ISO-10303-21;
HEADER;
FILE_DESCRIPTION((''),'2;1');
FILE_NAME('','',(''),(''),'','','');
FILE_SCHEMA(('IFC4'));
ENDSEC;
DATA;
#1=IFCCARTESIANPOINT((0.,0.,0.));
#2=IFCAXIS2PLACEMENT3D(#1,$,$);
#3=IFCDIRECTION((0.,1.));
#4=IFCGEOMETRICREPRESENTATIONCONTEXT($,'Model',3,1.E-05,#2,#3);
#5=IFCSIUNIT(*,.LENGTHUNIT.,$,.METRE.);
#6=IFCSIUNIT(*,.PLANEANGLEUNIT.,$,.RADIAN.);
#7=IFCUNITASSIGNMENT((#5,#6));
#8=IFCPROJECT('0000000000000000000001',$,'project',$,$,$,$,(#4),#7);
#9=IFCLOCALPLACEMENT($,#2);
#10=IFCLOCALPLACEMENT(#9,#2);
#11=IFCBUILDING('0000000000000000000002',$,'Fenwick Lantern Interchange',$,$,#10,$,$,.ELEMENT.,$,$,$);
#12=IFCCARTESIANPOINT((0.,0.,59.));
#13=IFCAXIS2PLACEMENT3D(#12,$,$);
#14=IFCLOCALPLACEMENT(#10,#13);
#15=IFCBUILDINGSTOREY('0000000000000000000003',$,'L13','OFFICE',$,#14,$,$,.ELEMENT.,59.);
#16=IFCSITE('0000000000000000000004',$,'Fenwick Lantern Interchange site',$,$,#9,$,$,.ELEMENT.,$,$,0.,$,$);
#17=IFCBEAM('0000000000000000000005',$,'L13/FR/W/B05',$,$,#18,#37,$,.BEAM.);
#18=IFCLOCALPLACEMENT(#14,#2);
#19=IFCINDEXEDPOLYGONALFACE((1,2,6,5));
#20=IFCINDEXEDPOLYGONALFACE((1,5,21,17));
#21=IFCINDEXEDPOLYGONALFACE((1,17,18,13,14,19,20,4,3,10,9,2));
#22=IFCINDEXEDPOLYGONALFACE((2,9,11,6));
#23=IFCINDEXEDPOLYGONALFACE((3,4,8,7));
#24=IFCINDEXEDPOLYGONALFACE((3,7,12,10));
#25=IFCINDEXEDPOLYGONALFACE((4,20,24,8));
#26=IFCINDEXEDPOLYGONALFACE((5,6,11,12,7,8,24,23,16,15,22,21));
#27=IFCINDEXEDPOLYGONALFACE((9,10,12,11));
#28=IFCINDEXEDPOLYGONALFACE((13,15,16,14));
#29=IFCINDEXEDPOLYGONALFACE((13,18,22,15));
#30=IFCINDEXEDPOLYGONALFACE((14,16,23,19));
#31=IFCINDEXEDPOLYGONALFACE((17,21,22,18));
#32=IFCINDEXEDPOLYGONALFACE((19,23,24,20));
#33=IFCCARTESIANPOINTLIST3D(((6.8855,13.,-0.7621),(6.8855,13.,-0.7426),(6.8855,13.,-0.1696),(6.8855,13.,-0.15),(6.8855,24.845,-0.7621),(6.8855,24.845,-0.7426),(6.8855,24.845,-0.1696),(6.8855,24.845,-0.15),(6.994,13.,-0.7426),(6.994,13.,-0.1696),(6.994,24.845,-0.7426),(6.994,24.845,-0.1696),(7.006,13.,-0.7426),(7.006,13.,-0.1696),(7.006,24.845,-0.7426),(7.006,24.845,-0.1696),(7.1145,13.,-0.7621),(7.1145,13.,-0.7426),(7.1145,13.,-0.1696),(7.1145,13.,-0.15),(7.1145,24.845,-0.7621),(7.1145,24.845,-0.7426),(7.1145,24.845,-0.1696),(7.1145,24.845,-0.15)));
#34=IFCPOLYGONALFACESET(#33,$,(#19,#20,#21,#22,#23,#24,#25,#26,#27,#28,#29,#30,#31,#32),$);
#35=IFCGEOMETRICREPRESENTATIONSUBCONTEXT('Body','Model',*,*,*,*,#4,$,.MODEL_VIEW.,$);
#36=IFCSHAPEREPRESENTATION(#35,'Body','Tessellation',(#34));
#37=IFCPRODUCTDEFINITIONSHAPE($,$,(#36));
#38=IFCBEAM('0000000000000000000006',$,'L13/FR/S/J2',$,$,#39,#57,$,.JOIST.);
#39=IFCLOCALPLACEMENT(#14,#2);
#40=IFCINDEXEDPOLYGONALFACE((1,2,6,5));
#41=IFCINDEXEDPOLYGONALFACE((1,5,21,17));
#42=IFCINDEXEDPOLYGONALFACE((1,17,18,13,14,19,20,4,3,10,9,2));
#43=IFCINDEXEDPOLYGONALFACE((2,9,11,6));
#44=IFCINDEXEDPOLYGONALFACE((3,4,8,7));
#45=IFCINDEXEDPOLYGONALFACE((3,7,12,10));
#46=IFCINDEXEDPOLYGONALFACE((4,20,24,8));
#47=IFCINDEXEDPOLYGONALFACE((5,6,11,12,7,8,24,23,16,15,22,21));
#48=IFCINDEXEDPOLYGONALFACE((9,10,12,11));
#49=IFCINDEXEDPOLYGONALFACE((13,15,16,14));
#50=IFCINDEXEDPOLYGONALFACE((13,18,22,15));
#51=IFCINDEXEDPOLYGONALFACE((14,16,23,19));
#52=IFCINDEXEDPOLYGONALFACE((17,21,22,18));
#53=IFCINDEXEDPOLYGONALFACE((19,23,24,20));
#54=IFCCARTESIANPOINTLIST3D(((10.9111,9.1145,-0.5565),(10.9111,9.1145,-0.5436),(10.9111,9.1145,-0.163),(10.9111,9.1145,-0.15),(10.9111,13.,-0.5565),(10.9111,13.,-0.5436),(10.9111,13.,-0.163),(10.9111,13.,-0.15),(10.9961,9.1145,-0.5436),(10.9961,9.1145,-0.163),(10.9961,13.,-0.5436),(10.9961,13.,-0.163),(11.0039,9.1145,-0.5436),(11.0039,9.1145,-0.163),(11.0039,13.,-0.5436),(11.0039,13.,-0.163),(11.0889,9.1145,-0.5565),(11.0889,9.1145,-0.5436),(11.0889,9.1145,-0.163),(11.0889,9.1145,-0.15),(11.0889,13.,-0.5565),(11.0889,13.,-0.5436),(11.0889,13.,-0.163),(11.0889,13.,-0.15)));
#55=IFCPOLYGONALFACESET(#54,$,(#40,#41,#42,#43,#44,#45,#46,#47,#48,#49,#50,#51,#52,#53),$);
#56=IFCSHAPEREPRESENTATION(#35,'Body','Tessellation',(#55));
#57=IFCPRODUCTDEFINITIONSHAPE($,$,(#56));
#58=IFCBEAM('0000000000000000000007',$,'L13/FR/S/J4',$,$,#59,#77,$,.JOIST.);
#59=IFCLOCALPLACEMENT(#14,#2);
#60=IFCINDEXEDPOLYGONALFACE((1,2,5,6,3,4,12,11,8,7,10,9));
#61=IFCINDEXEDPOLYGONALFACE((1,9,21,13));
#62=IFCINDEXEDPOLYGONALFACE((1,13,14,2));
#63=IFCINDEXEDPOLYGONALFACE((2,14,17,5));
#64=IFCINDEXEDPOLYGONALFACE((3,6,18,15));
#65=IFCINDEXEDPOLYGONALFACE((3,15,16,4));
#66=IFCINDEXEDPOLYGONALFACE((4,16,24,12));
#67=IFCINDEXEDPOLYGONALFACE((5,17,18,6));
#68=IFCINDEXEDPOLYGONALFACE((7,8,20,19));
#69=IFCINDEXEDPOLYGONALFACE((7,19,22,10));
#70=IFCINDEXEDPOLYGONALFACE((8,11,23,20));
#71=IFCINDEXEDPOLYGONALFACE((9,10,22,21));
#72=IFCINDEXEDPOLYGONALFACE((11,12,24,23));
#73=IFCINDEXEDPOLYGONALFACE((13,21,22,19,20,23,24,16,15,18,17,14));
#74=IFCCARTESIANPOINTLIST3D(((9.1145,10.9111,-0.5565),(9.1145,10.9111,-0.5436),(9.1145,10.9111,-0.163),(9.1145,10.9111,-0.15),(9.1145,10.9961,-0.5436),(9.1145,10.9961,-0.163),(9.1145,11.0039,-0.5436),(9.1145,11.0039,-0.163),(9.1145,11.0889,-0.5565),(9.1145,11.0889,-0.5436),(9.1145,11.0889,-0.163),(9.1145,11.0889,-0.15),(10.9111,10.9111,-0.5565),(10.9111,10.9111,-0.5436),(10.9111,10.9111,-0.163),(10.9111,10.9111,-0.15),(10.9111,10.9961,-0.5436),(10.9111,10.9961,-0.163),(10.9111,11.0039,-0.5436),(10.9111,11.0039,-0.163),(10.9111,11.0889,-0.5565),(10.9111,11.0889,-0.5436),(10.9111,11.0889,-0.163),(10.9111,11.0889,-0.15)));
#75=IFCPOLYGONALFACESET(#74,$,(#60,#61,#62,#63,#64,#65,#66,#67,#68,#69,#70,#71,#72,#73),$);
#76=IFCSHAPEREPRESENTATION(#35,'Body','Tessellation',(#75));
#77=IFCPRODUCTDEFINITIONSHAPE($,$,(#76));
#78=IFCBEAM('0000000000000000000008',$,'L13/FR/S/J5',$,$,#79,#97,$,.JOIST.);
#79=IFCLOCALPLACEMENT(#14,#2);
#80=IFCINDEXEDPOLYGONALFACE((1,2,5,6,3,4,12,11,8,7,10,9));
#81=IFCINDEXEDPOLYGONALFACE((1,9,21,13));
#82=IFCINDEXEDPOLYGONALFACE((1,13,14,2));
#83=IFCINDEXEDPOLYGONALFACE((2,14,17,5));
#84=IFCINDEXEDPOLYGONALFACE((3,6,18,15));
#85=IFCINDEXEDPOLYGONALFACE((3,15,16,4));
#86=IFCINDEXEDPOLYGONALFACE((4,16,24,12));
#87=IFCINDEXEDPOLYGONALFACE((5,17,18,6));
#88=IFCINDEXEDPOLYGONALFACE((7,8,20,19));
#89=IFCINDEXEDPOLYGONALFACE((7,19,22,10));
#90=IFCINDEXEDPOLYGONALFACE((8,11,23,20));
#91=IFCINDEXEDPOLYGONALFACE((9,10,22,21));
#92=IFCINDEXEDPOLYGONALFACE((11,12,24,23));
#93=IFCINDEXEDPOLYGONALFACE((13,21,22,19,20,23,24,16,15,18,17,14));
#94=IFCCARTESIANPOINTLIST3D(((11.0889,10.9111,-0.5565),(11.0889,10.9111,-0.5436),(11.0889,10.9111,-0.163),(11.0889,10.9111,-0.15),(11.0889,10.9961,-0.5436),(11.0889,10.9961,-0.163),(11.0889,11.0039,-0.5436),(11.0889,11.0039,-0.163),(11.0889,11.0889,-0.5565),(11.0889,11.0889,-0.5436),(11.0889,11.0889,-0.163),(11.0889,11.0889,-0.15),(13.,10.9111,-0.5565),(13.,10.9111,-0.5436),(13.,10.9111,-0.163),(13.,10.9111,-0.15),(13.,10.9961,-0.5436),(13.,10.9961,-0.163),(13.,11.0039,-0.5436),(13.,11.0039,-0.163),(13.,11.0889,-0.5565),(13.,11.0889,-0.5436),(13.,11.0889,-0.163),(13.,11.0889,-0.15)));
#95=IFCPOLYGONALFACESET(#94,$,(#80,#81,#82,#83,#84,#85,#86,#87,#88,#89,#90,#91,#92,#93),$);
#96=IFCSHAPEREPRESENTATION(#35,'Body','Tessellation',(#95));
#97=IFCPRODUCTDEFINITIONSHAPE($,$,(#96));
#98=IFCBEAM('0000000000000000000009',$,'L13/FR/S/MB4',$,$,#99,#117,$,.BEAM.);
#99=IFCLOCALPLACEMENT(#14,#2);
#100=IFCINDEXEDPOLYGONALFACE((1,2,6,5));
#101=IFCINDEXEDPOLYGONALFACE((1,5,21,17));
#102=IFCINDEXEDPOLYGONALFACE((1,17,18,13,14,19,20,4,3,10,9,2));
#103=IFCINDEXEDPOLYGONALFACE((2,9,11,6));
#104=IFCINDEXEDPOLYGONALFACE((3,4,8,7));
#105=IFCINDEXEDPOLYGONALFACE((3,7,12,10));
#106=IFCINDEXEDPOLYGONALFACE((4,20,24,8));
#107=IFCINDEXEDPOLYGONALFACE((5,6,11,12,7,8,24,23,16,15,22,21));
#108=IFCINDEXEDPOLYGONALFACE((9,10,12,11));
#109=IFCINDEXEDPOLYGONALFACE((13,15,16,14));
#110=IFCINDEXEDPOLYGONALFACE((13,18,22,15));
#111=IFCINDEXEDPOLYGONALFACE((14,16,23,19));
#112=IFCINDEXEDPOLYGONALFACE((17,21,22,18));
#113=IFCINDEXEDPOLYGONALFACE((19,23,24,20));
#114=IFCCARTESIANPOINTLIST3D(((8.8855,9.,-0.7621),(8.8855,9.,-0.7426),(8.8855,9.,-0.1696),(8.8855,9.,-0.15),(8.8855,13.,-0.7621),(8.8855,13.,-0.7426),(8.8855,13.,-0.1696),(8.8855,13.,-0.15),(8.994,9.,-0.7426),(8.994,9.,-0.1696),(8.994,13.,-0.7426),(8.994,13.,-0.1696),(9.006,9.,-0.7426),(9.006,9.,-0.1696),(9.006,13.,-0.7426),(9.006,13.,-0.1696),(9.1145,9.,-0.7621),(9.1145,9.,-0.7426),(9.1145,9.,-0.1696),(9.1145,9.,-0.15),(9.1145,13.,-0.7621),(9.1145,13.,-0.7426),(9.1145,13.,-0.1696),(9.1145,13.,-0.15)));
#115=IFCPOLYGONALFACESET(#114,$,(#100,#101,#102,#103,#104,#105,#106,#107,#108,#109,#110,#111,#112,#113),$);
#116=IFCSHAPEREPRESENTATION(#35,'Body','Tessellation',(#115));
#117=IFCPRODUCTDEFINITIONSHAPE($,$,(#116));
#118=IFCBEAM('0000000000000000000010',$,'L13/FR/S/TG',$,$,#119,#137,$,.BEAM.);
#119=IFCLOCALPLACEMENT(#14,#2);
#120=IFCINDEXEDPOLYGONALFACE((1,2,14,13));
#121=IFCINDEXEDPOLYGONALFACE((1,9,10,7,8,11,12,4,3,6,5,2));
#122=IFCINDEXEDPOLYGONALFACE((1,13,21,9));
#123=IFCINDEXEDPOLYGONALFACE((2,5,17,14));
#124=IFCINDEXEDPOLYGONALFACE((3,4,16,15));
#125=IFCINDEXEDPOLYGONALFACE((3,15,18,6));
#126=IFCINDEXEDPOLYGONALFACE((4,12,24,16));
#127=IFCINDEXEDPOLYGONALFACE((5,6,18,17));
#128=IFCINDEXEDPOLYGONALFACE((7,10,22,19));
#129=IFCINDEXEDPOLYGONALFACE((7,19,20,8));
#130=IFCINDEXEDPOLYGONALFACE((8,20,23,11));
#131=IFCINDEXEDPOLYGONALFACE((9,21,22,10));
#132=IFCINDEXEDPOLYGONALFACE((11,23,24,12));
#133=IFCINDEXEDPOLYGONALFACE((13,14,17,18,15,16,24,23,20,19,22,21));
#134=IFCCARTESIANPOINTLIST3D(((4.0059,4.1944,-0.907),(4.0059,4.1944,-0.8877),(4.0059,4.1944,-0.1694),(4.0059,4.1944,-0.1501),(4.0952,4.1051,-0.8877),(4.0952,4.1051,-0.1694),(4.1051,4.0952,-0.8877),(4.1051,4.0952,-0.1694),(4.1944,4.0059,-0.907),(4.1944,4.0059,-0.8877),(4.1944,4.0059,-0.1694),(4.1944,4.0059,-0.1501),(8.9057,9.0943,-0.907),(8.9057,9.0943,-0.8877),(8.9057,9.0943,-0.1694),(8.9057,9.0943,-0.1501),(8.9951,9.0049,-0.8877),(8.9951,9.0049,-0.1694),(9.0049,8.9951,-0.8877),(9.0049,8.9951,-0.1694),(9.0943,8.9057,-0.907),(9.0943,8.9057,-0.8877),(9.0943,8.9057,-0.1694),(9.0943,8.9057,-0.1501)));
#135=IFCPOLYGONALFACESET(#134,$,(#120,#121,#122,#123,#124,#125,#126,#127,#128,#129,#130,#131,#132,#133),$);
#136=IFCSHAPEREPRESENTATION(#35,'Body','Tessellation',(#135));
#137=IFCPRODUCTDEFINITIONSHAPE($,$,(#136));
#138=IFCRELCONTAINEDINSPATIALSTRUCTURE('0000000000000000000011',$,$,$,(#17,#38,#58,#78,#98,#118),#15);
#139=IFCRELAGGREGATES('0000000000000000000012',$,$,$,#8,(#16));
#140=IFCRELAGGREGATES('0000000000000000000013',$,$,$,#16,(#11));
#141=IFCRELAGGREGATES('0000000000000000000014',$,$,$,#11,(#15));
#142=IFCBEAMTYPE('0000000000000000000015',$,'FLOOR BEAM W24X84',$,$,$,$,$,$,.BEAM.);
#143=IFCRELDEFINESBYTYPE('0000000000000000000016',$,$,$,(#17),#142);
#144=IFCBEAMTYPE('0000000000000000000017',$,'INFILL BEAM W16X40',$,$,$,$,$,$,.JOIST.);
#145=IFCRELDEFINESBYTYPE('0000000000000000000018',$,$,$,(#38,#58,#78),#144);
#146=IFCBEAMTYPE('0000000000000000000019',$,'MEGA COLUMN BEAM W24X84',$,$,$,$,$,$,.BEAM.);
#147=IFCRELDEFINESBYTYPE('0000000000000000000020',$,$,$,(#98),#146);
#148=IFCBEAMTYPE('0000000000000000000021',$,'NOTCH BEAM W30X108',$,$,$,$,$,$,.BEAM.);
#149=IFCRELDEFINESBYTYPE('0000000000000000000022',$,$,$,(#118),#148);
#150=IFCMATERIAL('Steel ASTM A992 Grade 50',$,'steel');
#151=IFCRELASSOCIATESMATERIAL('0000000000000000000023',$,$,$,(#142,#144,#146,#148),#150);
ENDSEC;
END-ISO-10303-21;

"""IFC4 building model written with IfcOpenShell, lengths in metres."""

from ifc_helpers import new_model, si_unit, direction, frame, origin, origin_2d, place, context, subcontext, project, spatial, i_section, extrude, material, material_profile, profile_set, type_object, element, save


model = new_model("IFC4")

# Units and contexts
model_context = context("Model", 3, precision=1e-05, world=origin(), true_north=direction((0.0, 1.0)))
body_context = subcontext(model_context, "Body", "Model", "MODEL_VIEW")
ifc_project = project(units=[si_unit("LENGTHUNIT", "METRE"), si_unit("PLANEANGLEUNIT", "RADIAN")], contexts=[model_context])

# Site, building, storey
site_placement = place(None, origin())
site = spatial("IfcSite", under=ifc_project, at=site_placement, Name="Fenwick Lantern Interchange site", CompositionType="ELEMENT", RefElevation=0.0)
building_placement = place(site_placement, origin())
building = spatial("IfcBuilding", under=site, at=building_placement, Name="Fenwick Lantern Interchange", CompositionType="ELEMENT")
storey_placement = place(building_placement, frame((0.0, 0.0, 59.0)))
storey = spatial("IfcBuildingStorey", under=building, at=storey_placement, Name="L13", Description="OFFICE", CompositionType="ELEMENT", Elevation=59.0)

# Beams
ifc_material_1 = material(Name="Steel ASTM A992 Grade 50", Category="steel")
ifc_material_profile_1 = material_profile(ifc_material_1, i_section(OverallWidth=0.229, OverallDepth=0.6121, WebThickness=0.012, FlangeThickness=0.0195, at=origin_2d()), Name="W24X84")
ifc_profile_set_1 = profile_set([ifc_material_profile_1], Name="Steel ASTM A992 Grade 50")
beam_type_1 = type_object("IfcBeamType", Name="FLOOR BEAM W24X84", PredefinedType="BEAM", material=ifc_profile_set_1)
beam_1_placement = place(storey_placement, frame((7.0, 24.845, -0.4561), z_axis=(0.0, -1.0, 0.0), x_axis=(1.0, 0.0, 0.0)))
element("IfcBeam", 1, at=beam_1_placement, inside=storey, type_object=beam_type_1, Name="L13/FR/W/B05", PredefinedType="BEAM", context=body_context, shape_type="SweptSolid", body=[
    extrude(i_section(OverallWidth=0.229, OverallDepth=0.6121, WebThickness=0.012, FlangeThickness=0.0195, at=origin_2d()), origin(), (0.0, 0.0, 1.0), 11.845),
])
ifc_material_profile_2 = material_profile(ifc_material_1, i_section(OverallWidth=0.1777, OverallDepth=0.4065, WebThickness=0.0078, FlangeThickness=0.0129, at=origin_2d()), Name="W16X40")
ifc_profile_set_2 = profile_set([ifc_material_profile_2], Name="Steel ASTM A992 Grade 50")
beam_type_2 = type_object("IfcBeamType", Name="INFILL BEAM W16X40", PredefinedType="JOIST", material=ifc_profile_set_2)
beam_2_placement = place(storey_placement, frame((11.0, 9.1145, -0.3533), z_axis=(0.0, 1.0, 0.0), x_axis=(-1.0, 0.0, 0.0)))
element("IfcBeam", 2, at=beam_2_placement, inside=storey, type_object=beam_type_2, Name="L13/FR/S/J2", PredefinedType="JOIST", context=body_context, shape_type="SweptSolid", body=[
    extrude(i_section(OverallWidth=0.1777, OverallDepth=0.4065, WebThickness=0.0078, FlangeThickness=0.0129, at=origin_2d()), origin(), (0.0, 0.0, 1.0), 3.8855),
])
beam_3_placement = place(storey_placement, frame((9.1145, 11.0, -0.3533), z_axis=(1.0, 0.0, 0.0), x_axis=(0.0, 1.0, 0.0)))
element("IfcBeam", 3, at=beam_3_placement, inside=storey, type_object=beam_type_2, Name="L13/FR/S/J4", PredefinedType="JOIST", context=body_context, shape_type="SweptSolid", body=[
    extrude(i_section(OverallWidth=0.1777, OverallDepth=0.4065, WebThickness=0.0078, FlangeThickness=0.0129, at=origin_2d()), origin(), (0.0, 0.0, 1.0), 1.7966),
])
beam_4_placement = place(storey_placement, frame((11.0889, 11.0, -0.3533), z_axis=(1.0, 0.0, 0.0), x_axis=(0.0, 1.0, 0.0)))
element("IfcBeam", 4, at=beam_4_placement, inside=storey, type_object=beam_type_2, Name="L13/FR/S/J5", PredefinedType="JOIST", context=body_context, shape_type="SweptSolid", body=[
    extrude(i_section(OverallWidth=0.1777, OverallDepth=0.4065, WebThickness=0.0078, FlangeThickness=0.0129, at=origin_2d()), origin(), (0.0, 0.0, 1.0), 1.9111),
])
ifc_material_profile_3 = material_profile(ifc_material_1, i_section(OverallWidth=0.229, OverallDepth=0.6121, WebThickness=0.012, FlangeThickness=0.0195, at=origin_2d()), Name="W24X84")
ifc_profile_set_3 = profile_set([ifc_material_profile_3], Name="Steel ASTM A992 Grade 50")
beam_type_3 = type_object("IfcBeamType", Name="MEGA COLUMN BEAM W24X84", PredefinedType="BEAM", material=ifc_profile_set_3)
beam_5_placement = place(storey_placement, frame((9.0, 9.0, -0.4561), z_axis=(0.0, 1.0, 0.0), x_axis=(-1.0, 0.0, 0.0)))
element("IfcBeam", 5, at=beam_5_placement, inside=storey, type_object=beam_type_3, Name="L13/FR/S/MB4", PredefinedType="BEAM", context=body_context, shape_type="SweptSolid", body=[
    extrude(i_section(OverallWidth=0.229, OverallDepth=0.6121, WebThickness=0.012, FlangeThickness=0.0195, at=origin_2d()), origin(), (0.0, 0.0, 1.0), 4.0),
])
ifc_material_profile_4 = material_profile(ifc_material_1, i_section(OverallWidth=0.2666, OverallDepth=0.7568, WebThickness=0.0139, FlangeThickness=0.0193, at=origin_2d()), Name="W30X108")
ifc_profile_set_4 = profile_set([ifc_material_profile_4], Name="Steel ASTM A992 Grade 50")
beam_type_4 = type_object("IfcBeamType", Name="NOTCH BEAM W30X108", PredefinedType="BEAM", material=ifc_profile_set_4)
beam_6_placement = place(storey_placement, frame((9.0, 9.0, -0.5286), z_axis=(-0.707107, -0.707107, 0.0), x_axis=(0.707107, -0.707107, 0.0)))
element("IfcBeam", 6, at=beam_6_placement, inside=storey, type_object=beam_type_4, Name="L13/FR/S/TG", PredefinedType="BEAM", context=body_context, shape_type="SweptSolid", body=[
    extrude(i_section(OverallWidth=0.2666, OverallDepth=0.7568, WebThickness=0.0139, FlangeThickness=0.0193, at=origin_2d()), origin(), (0.0, 0.0, 1.0), 6.9294),
])

save(model, "model.ifc")
